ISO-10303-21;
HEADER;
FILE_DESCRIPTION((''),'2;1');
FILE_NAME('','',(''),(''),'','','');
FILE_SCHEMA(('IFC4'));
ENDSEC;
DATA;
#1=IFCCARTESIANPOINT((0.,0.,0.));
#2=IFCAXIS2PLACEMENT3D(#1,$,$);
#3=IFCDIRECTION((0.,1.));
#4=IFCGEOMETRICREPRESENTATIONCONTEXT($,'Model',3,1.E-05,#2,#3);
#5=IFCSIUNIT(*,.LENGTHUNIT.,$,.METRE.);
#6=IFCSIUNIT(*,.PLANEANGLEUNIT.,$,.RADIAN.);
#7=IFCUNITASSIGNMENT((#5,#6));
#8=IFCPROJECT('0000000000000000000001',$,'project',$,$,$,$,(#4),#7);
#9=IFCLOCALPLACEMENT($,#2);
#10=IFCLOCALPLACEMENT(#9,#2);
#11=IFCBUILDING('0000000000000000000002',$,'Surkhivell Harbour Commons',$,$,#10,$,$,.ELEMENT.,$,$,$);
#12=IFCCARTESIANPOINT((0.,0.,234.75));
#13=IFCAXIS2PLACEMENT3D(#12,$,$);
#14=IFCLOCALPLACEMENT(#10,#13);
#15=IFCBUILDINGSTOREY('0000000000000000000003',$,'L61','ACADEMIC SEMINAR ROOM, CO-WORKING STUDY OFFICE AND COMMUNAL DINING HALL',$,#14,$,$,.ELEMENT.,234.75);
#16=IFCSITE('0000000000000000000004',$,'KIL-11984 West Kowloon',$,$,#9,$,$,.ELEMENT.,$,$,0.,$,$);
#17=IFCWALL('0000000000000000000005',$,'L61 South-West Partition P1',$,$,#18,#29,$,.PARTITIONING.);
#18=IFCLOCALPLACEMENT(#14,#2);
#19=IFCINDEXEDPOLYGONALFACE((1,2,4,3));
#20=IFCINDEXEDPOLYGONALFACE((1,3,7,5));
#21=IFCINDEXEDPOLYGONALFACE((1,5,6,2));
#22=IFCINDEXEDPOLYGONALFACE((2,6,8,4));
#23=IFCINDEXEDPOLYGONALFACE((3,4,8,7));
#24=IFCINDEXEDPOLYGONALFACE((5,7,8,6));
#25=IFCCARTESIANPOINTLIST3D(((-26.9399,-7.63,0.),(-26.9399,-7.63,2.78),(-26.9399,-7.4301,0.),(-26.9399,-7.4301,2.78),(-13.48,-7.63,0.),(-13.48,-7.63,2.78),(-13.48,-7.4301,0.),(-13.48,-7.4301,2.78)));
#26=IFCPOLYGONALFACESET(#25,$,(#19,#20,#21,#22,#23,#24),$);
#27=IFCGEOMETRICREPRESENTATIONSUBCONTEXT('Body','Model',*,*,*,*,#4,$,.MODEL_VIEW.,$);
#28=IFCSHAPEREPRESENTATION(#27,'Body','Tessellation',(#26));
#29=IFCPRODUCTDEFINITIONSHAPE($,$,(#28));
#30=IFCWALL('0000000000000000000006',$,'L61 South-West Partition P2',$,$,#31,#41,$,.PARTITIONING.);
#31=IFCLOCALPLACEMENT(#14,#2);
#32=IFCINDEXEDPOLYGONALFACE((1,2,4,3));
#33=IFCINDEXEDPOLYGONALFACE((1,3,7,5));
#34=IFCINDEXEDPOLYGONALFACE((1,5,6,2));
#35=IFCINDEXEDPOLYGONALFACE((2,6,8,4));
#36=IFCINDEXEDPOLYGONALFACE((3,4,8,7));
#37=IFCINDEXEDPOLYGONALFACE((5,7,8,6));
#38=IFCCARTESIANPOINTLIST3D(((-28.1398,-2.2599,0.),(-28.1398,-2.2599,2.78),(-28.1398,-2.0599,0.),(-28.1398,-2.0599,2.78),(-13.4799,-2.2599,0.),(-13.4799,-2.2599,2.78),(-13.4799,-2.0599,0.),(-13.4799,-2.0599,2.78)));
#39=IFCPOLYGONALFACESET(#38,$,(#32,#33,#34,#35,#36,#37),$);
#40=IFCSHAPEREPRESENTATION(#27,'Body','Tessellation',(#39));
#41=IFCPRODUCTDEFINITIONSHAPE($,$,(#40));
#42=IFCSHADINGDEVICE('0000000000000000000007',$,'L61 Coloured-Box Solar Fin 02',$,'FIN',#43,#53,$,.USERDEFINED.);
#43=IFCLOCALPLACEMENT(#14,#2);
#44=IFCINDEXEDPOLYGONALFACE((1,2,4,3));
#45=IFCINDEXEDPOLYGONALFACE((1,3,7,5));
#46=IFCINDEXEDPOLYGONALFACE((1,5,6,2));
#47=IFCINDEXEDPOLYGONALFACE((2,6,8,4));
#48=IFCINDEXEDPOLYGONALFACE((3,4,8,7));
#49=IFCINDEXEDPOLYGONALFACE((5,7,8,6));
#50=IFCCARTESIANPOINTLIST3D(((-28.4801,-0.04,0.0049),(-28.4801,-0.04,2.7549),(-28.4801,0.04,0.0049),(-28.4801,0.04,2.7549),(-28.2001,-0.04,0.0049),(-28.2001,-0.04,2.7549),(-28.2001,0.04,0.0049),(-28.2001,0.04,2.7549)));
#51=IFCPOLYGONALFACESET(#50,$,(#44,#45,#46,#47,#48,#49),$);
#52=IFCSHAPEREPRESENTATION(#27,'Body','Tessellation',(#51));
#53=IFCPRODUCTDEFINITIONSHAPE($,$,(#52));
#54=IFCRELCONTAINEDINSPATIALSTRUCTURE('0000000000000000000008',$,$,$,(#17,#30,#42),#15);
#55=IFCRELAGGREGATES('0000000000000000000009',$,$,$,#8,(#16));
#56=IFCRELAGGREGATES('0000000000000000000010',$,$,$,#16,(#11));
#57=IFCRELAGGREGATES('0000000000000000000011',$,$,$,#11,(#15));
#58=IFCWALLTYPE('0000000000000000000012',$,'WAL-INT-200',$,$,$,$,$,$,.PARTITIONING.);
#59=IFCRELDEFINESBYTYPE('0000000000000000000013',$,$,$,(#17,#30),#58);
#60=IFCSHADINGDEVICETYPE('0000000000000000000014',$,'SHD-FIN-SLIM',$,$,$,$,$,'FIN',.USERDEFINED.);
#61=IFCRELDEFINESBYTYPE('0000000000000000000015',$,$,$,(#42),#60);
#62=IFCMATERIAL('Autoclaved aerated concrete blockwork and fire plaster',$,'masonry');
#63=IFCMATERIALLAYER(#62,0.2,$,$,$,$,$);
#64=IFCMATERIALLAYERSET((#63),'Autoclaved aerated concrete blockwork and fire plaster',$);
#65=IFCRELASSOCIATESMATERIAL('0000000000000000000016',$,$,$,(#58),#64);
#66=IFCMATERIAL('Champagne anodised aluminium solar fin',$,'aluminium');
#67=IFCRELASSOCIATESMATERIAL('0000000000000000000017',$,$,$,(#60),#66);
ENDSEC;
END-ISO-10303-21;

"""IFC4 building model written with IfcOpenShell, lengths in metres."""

from ifc_helpers import new_model, si_unit, direction, frame, frame_2d, origin, origin_2d, place, context, subcontext, project, spatial, rectangle, extrude, material, layer, layer_set, type_object, element, save


model = new_model("IFC4")

# Units and contexts
model_context = context("Model", 3, precision=1e-05, world=origin(), true_north=direction((0.0, 1.0)))
body_context = subcontext(model_context, "Body", "Model", "MODEL_VIEW")
ifc_project = project(units=[si_unit("LENGTHUNIT", "METRE"), si_unit("PLANEANGLEUNIT", "RADIAN")], contexts=[model_context])

# Site, building, storey
site_placement = place(None, origin())
site = spatial("IfcSite", under=ifc_project, at=site_placement, Name="KIL-11984 West Kowloon", CompositionType="ELEMENT", RefElevation=0.0)
building_placement = place(site_placement, origin())
building = spatial("IfcBuilding", under=site, at=building_placement, Name="Surkhivell Harbour Commons", CompositionType="ELEMENT")
storey_placement = place(building_placement, frame((0.0, 0.0, 234.75)))
storey = spatial("IfcBuildingStorey", under=building, at=storey_placement, Name="L61", Description="ACADEMIC SEMINAR ROOM, CO-WORKING STUDY OFFICE AND COMMUNAL DINING HALL", CompositionType="ELEMENT", Elevation=234.75)

# Walls
ifc_material_1 = material(Name="Autoclaved aerated concrete blockwork and fire plaster", Category="masonry")
ifc_layer_1 = layer(ifc_material_1, 0.2)
ifc_layer_set_1 = layer_set([ifc_layer_1], Name="Autoclaved aerated concrete blockwork and fire plaster")
wall_type_1 = type_object("IfcWallType", Name="WAL-INT-200", PredefinedType="PARTITIONING", material=ifc_layer_set_1)
wall_1_placement = place(storey_placement, frame((-26.9399, -7.53, 0.0), z_axis=(0.0, 0.0, 1.0), x_axis=(1.0, 0.0, 0.0)))
element("IfcWall", 1, at=wall_1_placement, inside=storey, type_object=wall_type_1, Name="L61 South-West Partition P1", PredefinedType="PARTITIONING", context=body_context, shape_type="SweptSolid", body=[
    extrude(rectangle(XDim=13.46, YDim=0.2, at=frame_2d((6.73, 0.0))), origin(), (0.0, 0.0, 1.0), 2.78),
])
wall_2_placement = place(storey_placement, frame((-28.1399, -2.1599, 0.0), z_axis=(0.0, 0.0, 1.0), x_axis=(1.0, 0.0, 0.0)))
element("IfcWall", 2, at=wall_2_placement, inside=storey, type_object=wall_type_1, Name="L61 South-West Partition P2", PredefinedType="PARTITIONING", context=body_context, shape_type="SweptSolid", body=[
    extrude(rectangle(XDim=14.6599, YDim=0.2, at=frame_2d((7.3301, 0.0))), origin(), (0.0, 0.0, 1.0), 2.78),
])

# Shading device
ifc_material_2 = material(Name="Champagne anodised aluminium solar fin", Category="aluminium")
shading_device_type = type_object("IfcShadingDeviceType", Name="SHD-FIN-SLIM", ElementType="FIN", PredefinedType="USERDEFINED", material=ifc_material_2)
shading_device_placement = place(storey_placement, frame((-28.3401, 0.0, 0.0049), z_axis=(0.0, 0.0, 1.0), x_axis=(1.0, 0.0, 0.0)))
element("IfcShadingDevice", 3, at=shading_device_placement, inside=storey, type_object=shading_device_type, Name="L61 Coloured-Box Solar Fin 02", ObjectType="FIN", PredefinedType="USERDEFINED", context=body_context, shape_type="SweptSolid", body=[
    extrude(rectangle(XDim=0.28, YDim=0.0801, at=origin_2d()), origin(), (0.0, 0.0, 1.0), 2.75),
])

save(model, "model.ifc")
